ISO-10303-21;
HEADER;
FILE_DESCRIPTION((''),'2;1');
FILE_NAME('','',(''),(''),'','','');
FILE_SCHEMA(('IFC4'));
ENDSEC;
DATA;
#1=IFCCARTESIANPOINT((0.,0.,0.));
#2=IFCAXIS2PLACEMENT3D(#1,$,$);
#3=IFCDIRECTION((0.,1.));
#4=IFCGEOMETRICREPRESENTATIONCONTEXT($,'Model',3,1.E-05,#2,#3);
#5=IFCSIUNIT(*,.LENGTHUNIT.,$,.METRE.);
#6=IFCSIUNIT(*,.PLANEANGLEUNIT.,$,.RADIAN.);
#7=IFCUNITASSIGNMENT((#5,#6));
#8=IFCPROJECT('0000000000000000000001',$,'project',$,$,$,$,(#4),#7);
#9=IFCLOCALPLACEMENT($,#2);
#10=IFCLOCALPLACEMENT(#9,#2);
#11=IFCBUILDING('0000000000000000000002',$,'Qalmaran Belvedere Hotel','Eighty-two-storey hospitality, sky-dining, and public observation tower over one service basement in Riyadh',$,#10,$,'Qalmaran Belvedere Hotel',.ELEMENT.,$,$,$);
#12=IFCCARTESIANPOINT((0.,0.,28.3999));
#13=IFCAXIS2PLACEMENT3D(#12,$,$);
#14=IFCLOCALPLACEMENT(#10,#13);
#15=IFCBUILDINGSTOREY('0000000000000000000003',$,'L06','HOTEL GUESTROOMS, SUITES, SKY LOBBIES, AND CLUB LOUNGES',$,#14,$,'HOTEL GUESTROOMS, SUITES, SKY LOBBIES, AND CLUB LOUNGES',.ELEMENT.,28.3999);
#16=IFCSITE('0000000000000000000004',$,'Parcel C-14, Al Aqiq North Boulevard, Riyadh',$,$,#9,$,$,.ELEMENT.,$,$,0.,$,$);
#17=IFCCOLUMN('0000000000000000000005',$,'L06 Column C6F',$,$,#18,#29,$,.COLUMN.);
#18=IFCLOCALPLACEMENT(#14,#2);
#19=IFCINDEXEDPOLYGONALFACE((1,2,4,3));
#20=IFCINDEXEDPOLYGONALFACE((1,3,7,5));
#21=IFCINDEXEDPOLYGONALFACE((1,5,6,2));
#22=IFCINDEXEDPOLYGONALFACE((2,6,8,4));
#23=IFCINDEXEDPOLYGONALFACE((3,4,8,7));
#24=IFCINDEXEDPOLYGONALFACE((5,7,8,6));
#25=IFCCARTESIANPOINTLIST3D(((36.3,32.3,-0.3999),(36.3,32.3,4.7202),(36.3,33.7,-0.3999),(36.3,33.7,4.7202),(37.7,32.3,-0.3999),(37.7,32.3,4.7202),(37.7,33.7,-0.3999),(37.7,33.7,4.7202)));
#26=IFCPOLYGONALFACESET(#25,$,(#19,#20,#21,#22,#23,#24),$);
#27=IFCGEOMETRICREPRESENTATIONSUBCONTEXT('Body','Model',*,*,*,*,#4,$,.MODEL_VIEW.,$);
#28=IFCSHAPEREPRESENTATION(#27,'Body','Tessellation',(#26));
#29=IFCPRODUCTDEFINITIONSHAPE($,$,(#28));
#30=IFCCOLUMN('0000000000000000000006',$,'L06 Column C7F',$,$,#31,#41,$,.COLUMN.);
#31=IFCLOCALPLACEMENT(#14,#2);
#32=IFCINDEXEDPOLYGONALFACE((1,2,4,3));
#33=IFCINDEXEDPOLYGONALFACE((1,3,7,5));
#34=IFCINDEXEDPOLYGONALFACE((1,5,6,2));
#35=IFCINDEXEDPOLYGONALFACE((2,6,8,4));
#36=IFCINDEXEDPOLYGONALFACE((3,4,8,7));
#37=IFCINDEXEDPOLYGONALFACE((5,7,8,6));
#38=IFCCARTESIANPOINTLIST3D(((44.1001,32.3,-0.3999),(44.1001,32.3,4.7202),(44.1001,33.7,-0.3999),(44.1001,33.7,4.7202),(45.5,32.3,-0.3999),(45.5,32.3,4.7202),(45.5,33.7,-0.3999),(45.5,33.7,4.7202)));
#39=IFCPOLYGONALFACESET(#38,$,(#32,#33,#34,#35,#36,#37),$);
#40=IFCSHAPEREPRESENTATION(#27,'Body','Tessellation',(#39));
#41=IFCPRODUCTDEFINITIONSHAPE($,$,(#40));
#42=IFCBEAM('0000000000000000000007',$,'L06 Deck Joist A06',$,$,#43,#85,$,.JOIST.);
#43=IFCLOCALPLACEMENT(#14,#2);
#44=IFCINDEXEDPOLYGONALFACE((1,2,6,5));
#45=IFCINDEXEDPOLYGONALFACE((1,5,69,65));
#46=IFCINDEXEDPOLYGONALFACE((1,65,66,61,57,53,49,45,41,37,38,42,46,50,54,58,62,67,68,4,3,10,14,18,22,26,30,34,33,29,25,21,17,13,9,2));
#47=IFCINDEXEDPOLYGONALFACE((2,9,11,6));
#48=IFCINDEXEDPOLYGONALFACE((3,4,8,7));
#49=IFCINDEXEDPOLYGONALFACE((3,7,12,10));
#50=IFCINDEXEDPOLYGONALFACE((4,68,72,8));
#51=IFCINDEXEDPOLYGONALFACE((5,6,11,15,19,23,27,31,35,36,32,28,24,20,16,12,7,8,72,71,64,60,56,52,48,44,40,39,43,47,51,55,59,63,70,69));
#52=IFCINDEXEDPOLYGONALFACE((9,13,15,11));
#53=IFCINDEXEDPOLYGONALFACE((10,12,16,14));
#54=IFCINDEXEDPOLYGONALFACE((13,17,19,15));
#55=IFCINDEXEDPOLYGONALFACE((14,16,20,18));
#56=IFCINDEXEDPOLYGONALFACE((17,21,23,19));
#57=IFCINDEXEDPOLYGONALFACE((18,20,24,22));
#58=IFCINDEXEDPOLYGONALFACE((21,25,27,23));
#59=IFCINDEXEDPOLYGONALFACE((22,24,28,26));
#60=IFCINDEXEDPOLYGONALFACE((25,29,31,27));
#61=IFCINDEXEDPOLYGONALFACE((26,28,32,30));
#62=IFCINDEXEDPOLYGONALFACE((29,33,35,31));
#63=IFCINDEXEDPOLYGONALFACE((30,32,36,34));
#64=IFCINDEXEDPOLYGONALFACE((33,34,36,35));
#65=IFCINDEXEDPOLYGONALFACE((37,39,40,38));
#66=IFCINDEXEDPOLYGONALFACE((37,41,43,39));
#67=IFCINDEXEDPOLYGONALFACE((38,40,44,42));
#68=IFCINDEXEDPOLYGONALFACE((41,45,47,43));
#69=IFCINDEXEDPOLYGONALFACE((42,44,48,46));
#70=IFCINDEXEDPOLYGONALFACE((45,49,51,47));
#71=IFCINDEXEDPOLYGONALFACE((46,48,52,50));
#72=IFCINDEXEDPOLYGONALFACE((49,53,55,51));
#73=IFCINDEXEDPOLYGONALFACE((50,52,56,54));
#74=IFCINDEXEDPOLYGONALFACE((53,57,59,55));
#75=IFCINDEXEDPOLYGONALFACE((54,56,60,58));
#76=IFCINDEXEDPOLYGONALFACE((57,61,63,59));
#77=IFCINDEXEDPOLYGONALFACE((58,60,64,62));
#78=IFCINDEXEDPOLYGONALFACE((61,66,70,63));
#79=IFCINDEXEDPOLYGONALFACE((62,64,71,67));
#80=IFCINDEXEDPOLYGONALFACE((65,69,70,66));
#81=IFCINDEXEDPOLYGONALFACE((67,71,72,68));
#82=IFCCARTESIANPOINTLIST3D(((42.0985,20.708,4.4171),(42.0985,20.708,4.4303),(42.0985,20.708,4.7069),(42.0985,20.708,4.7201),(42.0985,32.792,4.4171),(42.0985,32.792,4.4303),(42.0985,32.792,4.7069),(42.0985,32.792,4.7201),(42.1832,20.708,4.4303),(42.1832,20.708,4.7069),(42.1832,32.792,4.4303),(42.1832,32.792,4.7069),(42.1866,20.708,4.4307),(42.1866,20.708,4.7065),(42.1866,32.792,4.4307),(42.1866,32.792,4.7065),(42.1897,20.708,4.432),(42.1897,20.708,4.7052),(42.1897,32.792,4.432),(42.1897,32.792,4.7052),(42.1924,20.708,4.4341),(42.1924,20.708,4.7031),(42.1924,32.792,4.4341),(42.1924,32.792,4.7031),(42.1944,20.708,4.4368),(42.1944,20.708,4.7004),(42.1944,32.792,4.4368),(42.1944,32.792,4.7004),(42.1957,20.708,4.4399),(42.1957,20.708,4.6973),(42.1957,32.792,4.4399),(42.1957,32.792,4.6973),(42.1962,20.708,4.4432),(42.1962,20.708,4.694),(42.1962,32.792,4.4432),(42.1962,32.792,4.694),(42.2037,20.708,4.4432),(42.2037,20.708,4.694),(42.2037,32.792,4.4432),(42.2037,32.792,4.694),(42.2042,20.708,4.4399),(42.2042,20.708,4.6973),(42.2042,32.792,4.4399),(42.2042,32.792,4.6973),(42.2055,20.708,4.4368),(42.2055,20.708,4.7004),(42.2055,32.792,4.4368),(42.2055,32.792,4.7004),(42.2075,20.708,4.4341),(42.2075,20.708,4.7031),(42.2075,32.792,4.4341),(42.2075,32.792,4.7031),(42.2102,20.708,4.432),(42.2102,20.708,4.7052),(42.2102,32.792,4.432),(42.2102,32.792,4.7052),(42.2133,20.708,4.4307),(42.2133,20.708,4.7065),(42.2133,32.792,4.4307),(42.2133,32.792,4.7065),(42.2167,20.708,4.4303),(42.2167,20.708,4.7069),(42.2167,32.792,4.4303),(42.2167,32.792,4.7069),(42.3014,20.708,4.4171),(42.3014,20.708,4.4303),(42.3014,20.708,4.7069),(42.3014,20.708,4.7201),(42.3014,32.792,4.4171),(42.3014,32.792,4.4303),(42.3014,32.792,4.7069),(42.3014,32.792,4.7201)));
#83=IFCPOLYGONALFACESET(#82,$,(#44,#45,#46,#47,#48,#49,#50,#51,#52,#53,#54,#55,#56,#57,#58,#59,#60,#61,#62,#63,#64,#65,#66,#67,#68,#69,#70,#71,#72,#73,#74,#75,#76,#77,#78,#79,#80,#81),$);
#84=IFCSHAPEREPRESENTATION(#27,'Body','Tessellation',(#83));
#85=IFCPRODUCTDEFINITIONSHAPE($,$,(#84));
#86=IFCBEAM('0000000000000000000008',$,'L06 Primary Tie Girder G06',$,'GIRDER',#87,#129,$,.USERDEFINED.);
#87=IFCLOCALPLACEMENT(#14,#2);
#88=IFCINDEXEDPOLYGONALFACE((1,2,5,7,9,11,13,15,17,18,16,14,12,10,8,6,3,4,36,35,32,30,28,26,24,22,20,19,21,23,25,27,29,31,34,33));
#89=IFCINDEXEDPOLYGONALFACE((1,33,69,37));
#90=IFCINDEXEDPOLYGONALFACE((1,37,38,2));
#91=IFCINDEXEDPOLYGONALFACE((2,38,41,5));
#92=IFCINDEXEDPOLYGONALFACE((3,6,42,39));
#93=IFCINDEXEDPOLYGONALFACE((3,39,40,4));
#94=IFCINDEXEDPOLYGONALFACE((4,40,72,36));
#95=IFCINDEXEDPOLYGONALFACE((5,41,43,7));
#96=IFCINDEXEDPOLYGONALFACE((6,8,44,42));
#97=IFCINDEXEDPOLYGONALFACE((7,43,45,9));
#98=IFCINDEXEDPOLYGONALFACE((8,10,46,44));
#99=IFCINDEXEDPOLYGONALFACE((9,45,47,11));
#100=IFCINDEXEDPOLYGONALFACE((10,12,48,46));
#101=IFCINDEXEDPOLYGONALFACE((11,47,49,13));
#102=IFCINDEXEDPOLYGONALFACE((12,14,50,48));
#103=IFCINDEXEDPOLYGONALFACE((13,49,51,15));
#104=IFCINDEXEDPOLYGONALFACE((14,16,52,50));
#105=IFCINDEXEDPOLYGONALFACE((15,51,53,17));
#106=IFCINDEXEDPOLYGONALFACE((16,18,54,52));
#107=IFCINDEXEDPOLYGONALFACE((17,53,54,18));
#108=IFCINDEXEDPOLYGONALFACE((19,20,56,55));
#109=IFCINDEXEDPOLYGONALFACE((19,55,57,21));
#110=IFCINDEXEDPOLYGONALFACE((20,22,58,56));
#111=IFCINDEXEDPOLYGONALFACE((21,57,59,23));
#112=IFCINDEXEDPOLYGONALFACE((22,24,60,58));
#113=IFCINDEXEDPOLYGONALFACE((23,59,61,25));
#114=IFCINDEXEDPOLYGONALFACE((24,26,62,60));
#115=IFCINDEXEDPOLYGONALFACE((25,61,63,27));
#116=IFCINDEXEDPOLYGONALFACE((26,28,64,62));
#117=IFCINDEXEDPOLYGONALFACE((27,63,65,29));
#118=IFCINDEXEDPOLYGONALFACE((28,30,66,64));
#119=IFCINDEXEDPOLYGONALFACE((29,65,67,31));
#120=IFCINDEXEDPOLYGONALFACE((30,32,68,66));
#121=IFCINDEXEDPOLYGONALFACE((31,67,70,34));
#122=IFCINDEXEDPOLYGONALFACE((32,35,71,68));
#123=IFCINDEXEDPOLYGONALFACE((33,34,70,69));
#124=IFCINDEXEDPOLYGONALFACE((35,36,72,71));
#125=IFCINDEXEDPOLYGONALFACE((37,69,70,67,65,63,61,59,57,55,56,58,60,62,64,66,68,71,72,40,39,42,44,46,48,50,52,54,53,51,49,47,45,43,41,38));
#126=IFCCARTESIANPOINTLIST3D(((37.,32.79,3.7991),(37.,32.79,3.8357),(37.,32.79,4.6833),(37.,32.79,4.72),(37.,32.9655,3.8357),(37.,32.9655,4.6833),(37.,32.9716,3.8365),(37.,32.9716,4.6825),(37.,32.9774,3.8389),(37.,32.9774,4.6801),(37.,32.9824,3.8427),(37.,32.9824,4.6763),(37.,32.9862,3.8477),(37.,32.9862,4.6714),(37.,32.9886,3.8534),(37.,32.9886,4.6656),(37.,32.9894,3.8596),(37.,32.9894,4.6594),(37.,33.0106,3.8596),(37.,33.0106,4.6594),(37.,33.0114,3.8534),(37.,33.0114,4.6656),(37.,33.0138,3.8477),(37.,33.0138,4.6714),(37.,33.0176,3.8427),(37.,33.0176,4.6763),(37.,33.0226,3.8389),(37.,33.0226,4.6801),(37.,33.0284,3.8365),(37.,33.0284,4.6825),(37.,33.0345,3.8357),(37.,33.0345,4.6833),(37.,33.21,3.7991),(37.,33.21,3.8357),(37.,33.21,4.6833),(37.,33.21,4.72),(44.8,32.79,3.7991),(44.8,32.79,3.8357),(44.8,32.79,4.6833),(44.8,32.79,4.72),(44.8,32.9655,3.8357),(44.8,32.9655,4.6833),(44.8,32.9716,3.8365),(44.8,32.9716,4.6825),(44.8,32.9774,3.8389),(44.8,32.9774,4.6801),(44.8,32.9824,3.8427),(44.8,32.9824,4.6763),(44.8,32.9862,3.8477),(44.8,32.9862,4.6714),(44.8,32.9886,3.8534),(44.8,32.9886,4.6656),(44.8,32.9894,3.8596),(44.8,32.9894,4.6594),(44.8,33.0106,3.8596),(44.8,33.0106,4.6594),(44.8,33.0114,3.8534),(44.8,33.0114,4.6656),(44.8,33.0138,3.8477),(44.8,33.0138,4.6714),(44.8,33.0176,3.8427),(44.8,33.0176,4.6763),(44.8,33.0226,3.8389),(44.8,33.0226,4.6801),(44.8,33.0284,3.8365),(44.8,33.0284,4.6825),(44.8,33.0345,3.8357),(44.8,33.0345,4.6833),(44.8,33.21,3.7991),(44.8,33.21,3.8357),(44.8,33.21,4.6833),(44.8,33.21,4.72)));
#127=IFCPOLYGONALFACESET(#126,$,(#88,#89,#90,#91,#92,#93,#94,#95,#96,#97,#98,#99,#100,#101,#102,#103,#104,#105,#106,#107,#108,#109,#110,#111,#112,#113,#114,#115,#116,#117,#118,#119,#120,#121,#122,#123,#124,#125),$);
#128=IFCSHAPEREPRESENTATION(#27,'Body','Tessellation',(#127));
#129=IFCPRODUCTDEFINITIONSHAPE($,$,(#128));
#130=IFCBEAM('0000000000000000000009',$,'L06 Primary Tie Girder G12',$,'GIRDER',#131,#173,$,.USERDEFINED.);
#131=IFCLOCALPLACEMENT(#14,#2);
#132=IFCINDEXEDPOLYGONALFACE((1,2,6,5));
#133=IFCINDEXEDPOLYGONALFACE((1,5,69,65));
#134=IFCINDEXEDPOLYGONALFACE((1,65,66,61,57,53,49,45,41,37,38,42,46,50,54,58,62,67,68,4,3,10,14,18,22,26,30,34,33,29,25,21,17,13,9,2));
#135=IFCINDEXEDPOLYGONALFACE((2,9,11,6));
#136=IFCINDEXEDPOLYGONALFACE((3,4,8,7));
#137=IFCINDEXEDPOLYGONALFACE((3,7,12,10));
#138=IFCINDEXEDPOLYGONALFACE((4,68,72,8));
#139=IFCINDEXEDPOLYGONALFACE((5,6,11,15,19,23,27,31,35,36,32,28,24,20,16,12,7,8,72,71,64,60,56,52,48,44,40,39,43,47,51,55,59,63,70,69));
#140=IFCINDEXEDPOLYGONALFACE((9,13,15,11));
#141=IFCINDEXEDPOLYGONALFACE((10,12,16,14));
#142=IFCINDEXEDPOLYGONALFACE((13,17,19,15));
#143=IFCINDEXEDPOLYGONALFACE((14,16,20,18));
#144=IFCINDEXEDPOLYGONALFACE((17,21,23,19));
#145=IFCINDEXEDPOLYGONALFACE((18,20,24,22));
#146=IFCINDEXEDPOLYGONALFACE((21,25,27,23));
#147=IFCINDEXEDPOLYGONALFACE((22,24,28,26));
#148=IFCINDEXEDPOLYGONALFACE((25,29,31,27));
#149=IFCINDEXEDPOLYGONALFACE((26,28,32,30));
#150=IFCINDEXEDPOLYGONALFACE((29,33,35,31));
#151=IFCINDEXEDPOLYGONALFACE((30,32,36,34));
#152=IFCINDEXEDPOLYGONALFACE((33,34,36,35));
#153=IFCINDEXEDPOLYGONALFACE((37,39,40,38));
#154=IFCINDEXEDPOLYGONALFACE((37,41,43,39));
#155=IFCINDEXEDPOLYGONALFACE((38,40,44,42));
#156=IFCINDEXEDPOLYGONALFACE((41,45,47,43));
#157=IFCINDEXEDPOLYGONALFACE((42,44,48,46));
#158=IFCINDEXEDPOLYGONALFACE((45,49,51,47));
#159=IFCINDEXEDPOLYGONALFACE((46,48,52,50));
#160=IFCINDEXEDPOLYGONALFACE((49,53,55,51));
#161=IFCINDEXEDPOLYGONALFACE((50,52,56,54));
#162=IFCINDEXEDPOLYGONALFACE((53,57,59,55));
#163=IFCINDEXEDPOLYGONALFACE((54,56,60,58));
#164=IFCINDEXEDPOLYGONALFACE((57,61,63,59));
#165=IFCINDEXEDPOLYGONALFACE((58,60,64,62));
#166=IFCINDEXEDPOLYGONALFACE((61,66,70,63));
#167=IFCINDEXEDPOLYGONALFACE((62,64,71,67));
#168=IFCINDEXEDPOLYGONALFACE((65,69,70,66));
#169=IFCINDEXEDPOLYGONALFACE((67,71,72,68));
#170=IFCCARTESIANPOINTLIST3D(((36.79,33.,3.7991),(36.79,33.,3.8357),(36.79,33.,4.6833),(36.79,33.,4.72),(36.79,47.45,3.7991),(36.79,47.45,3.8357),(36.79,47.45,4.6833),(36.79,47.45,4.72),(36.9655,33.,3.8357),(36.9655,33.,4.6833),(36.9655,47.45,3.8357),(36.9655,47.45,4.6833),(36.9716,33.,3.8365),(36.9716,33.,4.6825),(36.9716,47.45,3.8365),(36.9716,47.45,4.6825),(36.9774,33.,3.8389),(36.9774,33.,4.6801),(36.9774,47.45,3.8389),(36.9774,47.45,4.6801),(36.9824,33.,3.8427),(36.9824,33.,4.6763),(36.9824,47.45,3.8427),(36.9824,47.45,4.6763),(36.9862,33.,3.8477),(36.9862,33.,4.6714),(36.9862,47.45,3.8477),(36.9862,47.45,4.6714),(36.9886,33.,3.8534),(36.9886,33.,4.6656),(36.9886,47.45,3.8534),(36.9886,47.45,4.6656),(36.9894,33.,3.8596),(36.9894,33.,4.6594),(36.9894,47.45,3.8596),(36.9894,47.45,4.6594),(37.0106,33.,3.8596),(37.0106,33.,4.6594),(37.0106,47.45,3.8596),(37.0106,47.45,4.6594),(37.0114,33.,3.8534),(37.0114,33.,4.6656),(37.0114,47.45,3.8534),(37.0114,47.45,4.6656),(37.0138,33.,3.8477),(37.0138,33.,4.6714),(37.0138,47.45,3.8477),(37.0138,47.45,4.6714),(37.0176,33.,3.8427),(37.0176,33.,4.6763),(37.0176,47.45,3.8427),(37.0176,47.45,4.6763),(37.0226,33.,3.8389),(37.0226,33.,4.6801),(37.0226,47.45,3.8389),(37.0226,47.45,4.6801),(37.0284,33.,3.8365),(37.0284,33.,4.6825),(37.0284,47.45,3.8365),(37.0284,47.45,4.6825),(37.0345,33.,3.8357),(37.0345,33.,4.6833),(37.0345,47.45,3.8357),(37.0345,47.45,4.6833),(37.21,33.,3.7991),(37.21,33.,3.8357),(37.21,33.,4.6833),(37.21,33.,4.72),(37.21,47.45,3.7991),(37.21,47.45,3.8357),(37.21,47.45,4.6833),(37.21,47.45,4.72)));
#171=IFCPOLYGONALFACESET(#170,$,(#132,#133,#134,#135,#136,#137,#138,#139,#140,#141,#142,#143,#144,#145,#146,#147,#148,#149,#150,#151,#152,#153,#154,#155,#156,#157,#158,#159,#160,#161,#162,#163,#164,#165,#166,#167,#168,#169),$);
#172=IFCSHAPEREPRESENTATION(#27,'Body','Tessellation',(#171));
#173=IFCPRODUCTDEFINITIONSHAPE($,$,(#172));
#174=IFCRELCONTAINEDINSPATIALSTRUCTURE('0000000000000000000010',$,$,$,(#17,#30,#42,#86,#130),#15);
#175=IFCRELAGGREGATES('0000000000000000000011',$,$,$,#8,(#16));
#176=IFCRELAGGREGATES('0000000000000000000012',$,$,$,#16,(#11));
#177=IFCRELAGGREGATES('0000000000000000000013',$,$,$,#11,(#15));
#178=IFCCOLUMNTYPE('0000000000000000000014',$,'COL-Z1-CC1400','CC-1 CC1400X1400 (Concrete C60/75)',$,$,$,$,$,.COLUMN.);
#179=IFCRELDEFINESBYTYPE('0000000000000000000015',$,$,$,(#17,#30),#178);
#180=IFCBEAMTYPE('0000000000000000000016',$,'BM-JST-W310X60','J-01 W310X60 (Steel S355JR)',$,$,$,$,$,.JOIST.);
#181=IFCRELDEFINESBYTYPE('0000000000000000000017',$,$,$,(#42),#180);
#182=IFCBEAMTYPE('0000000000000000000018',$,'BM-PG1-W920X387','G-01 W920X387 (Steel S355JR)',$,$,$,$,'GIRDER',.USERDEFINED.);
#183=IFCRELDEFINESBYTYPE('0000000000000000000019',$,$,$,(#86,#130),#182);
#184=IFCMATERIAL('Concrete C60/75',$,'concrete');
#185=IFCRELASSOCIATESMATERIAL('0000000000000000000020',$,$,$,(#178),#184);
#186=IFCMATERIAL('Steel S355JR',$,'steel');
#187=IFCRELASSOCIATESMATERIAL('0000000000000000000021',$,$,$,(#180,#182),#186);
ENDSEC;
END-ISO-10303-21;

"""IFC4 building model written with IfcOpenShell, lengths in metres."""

from ifc_helpers import new_model, si_unit, direction, frame, origin, origin_2d, place, context, subcontext, project, spatial, rectangle, i_section, extrude, material, material_profile, profile_set, type_object, element, save


model = new_model("IFC4")

# Units and contexts
model_context = context("Model", 3, precision=1e-05, world=origin(), true_north=direction((0.0, 1.0)))
body_context = subcontext(model_context, "Body", "Model", "MODEL_VIEW")
ifc_project = project(units=[si_unit("LENGTHUNIT", "METRE"), si_unit("PLANEANGLEUNIT", "RADIAN")], contexts=[model_context])

# Site, building, storey
site_placement = place(None, origin())
site = spatial("IfcSite", under=ifc_project, at=site_placement, Name="Parcel C-14, Al Aqiq North Boulevard, Riyadh", CompositionType="ELEMENT", RefElevation=0.0)
building_placement = place(site_placement, origin())
building = spatial("IfcBuilding", under=site, at=building_placement, Name="Qalmaran Belvedere Hotel", Description="Eighty-two-storey hospitality, sky-dining, and public observation tower over one service basement in Riyadh", LongName="Qalmaran Belvedere Hotel", CompositionType="ELEMENT")
storey_placement = place(building_placement, frame((0.0, 0.0, 28.3999)))
storey = spatial("IfcBuildingStorey", under=building, at=storey_placement, Name="L06", Description="HOTEL GUESTROOMS, SUITES, SKY LOBBIES, AND CLUB LOUNGES", LongName="HOTEL GUESTROOMS, SUITES, SKY LOBBIES, AND CLUB LOUNGES", CompositionType="ELEMENT", Elevation=28.3999)

# Columns
ifc_material_1 = material(Name="Concrete C60/75", Category="concrete")
ifc_material_profile_1 = material_profile(ifc_material_1, rectangle(XDim=1.3999, YDim=1.3999, at=origin_2d()), Name="CC1400X1400")
ifc_profile_set_1 = profile_set([ifc_material_profile_1], Name="Concrete C60/75")
column_type = type_object("IfcColumnType", Name="COL-Z1-CC1400", Description="CC-1 CC1400X1400 (Concrete C60/75)", PredefinedType="COLUMN", material=ifc_profile_set_1)
for number, where, z_axis, x_axis, name in (
    (1, (37.0, 33.0, -0.3999), (0.0, 0.0, 1.0), (1.0, 0.0, 0.0), "L06 Column C6F"),
    (2, (44.8, 33.0, -0.3999), (0.0, 0.0, 1.0), (1.0, 0.0, 0.0), "L06 Column C7F"),
):
    element("IfcColumn", number, at=place(storey_placement, frame(where, z_axis=z_axis, x_axis=x_axis)), inside=storey, type_object=column_type, Name=name, PredefinedType="COLUMN", context=body_context, shape_type="SweptSolid", body=[
        extrude(rectangle(XDim=1.3999, YDim=1.3999, at=origin_2d()), origin(), (0.0, 0.0, 1.0), 5.1201),
    ])

# Beams
ifc_material_2 = material(Name="Steel S355JR", Category="steel")
ifc_material_profile_2 = material_profile(ifc_material_2, i_section(OverallWidth=0.2029, OverallDepth=0.303, WebThickness=0.0076, FlangeThickness=0.0132, FilletRadius=0.0129, at=origin_2d()), Name="W310X60")
ifc_profile_set_2 = profile_set([ifc_material_profile_2], Name="Steel S355JR")
beam_type_1 = type_object("IfcBeamType", Name="BM-JST-W310X60", Description="J-01 W310X60 (Steel S355JR)", PredefinedType="JOIST", material=ifc_profile_set_2)
beam_1_placement = place(storey_placement, frame((42.2, 20.708, 4.5686), z_axis=(0.0, 1.0, 0.0), x_axis=(-1.0, 0.0, 0.0)))
element("IfcBeam", 3, at=beam_1_placement, inside=storey, type_object=beam_type_1, Name="L06 Deck Joist A06", PredefinedType="JOIST", context=body_context, shape_type="SweptSolid", body=[
    extrude(i_section(OverallWidth=0.2029, OverallDepth=0.303, WebThickness=0.0076, FlangeThickness=0.0132, FilletRadius=0.0129, at=origin_2d()), origin(), (0.0, 0.0, 1.0), 12.084),
])
ifc_material_profile_3 = material_profile(ifc_material_2, i_section(OverallWidth=0.4199, OverallDepth=0.9209, WebThickness=0.0212, FlangeThickness=0.0366, FilletRadius=0.0239, at=origin_2d()), Name="W920X387")
ifc_profile_set_3 = profile_set([ifc_material_profile_3], Name="Steel S355JR")
beam_type_2 = type_object("IfcBeamType", Name="BM-PG1-W920X387", Description="G-01 W920X387 (Steel S355JR)", ElementType="GIRDER", PredefinedType="USERDEFINED", material=ifc_profile_set_3)
beam_2_placement = place(storey_placement, frame((37.0, 33.0, 4.2595), z_axis=(1.0, 0.0, 0.0), x_axis=(0.0, 1.0, 0.0)))
element("IfcBeam", 4, at=beam_2_placement, inside=storey, type_object=beam_type_2, Name="L06 Primary Tie Girder G06", ObjectType="GIRDER", PredefinedType="USERDEFINED", context=body_context, shape_type="SweptSolid", body=[
    extrude(i_section(OverallWidth=0.4199, OverallDepth=0.9209, WebThickness=0.0212, FlangeThickness=0.0366, FilletRadius=0.0239, at=origin_2d()), origin(), (0.0, 0.0, 1.0), 7.8),
])
for number, where, z_axis, x_axis, name in (
    (5, (37.0, 33.0, 4.2595), (0.0, 1.0, 0.0), (-1.0, 0.0, 0.0), "L06 Primary Tie Girder G12"),
):
    element("IfcBeam", number, at=place(storey_placement, frame(where, z_axis=z_axis, x_axis=x_axis)), inside=storey, type_object=beam_type_2, Name=name, ObjectType="GIRDER", PredefinedType="USERDEFINED", context=body_context, shape_type="SweptSolid", body=[
        extrude(i_section(OverallWidth=0.4199, OverallDepth=0.9209, WebThickness=0.0212, FlangeThickness=0.0366, FilletRadius=0.0239, at=origin_2d()), origin(), (0.0, 0.0, 1.0), 14.45),
    ])

save(model, "model.ifc")
